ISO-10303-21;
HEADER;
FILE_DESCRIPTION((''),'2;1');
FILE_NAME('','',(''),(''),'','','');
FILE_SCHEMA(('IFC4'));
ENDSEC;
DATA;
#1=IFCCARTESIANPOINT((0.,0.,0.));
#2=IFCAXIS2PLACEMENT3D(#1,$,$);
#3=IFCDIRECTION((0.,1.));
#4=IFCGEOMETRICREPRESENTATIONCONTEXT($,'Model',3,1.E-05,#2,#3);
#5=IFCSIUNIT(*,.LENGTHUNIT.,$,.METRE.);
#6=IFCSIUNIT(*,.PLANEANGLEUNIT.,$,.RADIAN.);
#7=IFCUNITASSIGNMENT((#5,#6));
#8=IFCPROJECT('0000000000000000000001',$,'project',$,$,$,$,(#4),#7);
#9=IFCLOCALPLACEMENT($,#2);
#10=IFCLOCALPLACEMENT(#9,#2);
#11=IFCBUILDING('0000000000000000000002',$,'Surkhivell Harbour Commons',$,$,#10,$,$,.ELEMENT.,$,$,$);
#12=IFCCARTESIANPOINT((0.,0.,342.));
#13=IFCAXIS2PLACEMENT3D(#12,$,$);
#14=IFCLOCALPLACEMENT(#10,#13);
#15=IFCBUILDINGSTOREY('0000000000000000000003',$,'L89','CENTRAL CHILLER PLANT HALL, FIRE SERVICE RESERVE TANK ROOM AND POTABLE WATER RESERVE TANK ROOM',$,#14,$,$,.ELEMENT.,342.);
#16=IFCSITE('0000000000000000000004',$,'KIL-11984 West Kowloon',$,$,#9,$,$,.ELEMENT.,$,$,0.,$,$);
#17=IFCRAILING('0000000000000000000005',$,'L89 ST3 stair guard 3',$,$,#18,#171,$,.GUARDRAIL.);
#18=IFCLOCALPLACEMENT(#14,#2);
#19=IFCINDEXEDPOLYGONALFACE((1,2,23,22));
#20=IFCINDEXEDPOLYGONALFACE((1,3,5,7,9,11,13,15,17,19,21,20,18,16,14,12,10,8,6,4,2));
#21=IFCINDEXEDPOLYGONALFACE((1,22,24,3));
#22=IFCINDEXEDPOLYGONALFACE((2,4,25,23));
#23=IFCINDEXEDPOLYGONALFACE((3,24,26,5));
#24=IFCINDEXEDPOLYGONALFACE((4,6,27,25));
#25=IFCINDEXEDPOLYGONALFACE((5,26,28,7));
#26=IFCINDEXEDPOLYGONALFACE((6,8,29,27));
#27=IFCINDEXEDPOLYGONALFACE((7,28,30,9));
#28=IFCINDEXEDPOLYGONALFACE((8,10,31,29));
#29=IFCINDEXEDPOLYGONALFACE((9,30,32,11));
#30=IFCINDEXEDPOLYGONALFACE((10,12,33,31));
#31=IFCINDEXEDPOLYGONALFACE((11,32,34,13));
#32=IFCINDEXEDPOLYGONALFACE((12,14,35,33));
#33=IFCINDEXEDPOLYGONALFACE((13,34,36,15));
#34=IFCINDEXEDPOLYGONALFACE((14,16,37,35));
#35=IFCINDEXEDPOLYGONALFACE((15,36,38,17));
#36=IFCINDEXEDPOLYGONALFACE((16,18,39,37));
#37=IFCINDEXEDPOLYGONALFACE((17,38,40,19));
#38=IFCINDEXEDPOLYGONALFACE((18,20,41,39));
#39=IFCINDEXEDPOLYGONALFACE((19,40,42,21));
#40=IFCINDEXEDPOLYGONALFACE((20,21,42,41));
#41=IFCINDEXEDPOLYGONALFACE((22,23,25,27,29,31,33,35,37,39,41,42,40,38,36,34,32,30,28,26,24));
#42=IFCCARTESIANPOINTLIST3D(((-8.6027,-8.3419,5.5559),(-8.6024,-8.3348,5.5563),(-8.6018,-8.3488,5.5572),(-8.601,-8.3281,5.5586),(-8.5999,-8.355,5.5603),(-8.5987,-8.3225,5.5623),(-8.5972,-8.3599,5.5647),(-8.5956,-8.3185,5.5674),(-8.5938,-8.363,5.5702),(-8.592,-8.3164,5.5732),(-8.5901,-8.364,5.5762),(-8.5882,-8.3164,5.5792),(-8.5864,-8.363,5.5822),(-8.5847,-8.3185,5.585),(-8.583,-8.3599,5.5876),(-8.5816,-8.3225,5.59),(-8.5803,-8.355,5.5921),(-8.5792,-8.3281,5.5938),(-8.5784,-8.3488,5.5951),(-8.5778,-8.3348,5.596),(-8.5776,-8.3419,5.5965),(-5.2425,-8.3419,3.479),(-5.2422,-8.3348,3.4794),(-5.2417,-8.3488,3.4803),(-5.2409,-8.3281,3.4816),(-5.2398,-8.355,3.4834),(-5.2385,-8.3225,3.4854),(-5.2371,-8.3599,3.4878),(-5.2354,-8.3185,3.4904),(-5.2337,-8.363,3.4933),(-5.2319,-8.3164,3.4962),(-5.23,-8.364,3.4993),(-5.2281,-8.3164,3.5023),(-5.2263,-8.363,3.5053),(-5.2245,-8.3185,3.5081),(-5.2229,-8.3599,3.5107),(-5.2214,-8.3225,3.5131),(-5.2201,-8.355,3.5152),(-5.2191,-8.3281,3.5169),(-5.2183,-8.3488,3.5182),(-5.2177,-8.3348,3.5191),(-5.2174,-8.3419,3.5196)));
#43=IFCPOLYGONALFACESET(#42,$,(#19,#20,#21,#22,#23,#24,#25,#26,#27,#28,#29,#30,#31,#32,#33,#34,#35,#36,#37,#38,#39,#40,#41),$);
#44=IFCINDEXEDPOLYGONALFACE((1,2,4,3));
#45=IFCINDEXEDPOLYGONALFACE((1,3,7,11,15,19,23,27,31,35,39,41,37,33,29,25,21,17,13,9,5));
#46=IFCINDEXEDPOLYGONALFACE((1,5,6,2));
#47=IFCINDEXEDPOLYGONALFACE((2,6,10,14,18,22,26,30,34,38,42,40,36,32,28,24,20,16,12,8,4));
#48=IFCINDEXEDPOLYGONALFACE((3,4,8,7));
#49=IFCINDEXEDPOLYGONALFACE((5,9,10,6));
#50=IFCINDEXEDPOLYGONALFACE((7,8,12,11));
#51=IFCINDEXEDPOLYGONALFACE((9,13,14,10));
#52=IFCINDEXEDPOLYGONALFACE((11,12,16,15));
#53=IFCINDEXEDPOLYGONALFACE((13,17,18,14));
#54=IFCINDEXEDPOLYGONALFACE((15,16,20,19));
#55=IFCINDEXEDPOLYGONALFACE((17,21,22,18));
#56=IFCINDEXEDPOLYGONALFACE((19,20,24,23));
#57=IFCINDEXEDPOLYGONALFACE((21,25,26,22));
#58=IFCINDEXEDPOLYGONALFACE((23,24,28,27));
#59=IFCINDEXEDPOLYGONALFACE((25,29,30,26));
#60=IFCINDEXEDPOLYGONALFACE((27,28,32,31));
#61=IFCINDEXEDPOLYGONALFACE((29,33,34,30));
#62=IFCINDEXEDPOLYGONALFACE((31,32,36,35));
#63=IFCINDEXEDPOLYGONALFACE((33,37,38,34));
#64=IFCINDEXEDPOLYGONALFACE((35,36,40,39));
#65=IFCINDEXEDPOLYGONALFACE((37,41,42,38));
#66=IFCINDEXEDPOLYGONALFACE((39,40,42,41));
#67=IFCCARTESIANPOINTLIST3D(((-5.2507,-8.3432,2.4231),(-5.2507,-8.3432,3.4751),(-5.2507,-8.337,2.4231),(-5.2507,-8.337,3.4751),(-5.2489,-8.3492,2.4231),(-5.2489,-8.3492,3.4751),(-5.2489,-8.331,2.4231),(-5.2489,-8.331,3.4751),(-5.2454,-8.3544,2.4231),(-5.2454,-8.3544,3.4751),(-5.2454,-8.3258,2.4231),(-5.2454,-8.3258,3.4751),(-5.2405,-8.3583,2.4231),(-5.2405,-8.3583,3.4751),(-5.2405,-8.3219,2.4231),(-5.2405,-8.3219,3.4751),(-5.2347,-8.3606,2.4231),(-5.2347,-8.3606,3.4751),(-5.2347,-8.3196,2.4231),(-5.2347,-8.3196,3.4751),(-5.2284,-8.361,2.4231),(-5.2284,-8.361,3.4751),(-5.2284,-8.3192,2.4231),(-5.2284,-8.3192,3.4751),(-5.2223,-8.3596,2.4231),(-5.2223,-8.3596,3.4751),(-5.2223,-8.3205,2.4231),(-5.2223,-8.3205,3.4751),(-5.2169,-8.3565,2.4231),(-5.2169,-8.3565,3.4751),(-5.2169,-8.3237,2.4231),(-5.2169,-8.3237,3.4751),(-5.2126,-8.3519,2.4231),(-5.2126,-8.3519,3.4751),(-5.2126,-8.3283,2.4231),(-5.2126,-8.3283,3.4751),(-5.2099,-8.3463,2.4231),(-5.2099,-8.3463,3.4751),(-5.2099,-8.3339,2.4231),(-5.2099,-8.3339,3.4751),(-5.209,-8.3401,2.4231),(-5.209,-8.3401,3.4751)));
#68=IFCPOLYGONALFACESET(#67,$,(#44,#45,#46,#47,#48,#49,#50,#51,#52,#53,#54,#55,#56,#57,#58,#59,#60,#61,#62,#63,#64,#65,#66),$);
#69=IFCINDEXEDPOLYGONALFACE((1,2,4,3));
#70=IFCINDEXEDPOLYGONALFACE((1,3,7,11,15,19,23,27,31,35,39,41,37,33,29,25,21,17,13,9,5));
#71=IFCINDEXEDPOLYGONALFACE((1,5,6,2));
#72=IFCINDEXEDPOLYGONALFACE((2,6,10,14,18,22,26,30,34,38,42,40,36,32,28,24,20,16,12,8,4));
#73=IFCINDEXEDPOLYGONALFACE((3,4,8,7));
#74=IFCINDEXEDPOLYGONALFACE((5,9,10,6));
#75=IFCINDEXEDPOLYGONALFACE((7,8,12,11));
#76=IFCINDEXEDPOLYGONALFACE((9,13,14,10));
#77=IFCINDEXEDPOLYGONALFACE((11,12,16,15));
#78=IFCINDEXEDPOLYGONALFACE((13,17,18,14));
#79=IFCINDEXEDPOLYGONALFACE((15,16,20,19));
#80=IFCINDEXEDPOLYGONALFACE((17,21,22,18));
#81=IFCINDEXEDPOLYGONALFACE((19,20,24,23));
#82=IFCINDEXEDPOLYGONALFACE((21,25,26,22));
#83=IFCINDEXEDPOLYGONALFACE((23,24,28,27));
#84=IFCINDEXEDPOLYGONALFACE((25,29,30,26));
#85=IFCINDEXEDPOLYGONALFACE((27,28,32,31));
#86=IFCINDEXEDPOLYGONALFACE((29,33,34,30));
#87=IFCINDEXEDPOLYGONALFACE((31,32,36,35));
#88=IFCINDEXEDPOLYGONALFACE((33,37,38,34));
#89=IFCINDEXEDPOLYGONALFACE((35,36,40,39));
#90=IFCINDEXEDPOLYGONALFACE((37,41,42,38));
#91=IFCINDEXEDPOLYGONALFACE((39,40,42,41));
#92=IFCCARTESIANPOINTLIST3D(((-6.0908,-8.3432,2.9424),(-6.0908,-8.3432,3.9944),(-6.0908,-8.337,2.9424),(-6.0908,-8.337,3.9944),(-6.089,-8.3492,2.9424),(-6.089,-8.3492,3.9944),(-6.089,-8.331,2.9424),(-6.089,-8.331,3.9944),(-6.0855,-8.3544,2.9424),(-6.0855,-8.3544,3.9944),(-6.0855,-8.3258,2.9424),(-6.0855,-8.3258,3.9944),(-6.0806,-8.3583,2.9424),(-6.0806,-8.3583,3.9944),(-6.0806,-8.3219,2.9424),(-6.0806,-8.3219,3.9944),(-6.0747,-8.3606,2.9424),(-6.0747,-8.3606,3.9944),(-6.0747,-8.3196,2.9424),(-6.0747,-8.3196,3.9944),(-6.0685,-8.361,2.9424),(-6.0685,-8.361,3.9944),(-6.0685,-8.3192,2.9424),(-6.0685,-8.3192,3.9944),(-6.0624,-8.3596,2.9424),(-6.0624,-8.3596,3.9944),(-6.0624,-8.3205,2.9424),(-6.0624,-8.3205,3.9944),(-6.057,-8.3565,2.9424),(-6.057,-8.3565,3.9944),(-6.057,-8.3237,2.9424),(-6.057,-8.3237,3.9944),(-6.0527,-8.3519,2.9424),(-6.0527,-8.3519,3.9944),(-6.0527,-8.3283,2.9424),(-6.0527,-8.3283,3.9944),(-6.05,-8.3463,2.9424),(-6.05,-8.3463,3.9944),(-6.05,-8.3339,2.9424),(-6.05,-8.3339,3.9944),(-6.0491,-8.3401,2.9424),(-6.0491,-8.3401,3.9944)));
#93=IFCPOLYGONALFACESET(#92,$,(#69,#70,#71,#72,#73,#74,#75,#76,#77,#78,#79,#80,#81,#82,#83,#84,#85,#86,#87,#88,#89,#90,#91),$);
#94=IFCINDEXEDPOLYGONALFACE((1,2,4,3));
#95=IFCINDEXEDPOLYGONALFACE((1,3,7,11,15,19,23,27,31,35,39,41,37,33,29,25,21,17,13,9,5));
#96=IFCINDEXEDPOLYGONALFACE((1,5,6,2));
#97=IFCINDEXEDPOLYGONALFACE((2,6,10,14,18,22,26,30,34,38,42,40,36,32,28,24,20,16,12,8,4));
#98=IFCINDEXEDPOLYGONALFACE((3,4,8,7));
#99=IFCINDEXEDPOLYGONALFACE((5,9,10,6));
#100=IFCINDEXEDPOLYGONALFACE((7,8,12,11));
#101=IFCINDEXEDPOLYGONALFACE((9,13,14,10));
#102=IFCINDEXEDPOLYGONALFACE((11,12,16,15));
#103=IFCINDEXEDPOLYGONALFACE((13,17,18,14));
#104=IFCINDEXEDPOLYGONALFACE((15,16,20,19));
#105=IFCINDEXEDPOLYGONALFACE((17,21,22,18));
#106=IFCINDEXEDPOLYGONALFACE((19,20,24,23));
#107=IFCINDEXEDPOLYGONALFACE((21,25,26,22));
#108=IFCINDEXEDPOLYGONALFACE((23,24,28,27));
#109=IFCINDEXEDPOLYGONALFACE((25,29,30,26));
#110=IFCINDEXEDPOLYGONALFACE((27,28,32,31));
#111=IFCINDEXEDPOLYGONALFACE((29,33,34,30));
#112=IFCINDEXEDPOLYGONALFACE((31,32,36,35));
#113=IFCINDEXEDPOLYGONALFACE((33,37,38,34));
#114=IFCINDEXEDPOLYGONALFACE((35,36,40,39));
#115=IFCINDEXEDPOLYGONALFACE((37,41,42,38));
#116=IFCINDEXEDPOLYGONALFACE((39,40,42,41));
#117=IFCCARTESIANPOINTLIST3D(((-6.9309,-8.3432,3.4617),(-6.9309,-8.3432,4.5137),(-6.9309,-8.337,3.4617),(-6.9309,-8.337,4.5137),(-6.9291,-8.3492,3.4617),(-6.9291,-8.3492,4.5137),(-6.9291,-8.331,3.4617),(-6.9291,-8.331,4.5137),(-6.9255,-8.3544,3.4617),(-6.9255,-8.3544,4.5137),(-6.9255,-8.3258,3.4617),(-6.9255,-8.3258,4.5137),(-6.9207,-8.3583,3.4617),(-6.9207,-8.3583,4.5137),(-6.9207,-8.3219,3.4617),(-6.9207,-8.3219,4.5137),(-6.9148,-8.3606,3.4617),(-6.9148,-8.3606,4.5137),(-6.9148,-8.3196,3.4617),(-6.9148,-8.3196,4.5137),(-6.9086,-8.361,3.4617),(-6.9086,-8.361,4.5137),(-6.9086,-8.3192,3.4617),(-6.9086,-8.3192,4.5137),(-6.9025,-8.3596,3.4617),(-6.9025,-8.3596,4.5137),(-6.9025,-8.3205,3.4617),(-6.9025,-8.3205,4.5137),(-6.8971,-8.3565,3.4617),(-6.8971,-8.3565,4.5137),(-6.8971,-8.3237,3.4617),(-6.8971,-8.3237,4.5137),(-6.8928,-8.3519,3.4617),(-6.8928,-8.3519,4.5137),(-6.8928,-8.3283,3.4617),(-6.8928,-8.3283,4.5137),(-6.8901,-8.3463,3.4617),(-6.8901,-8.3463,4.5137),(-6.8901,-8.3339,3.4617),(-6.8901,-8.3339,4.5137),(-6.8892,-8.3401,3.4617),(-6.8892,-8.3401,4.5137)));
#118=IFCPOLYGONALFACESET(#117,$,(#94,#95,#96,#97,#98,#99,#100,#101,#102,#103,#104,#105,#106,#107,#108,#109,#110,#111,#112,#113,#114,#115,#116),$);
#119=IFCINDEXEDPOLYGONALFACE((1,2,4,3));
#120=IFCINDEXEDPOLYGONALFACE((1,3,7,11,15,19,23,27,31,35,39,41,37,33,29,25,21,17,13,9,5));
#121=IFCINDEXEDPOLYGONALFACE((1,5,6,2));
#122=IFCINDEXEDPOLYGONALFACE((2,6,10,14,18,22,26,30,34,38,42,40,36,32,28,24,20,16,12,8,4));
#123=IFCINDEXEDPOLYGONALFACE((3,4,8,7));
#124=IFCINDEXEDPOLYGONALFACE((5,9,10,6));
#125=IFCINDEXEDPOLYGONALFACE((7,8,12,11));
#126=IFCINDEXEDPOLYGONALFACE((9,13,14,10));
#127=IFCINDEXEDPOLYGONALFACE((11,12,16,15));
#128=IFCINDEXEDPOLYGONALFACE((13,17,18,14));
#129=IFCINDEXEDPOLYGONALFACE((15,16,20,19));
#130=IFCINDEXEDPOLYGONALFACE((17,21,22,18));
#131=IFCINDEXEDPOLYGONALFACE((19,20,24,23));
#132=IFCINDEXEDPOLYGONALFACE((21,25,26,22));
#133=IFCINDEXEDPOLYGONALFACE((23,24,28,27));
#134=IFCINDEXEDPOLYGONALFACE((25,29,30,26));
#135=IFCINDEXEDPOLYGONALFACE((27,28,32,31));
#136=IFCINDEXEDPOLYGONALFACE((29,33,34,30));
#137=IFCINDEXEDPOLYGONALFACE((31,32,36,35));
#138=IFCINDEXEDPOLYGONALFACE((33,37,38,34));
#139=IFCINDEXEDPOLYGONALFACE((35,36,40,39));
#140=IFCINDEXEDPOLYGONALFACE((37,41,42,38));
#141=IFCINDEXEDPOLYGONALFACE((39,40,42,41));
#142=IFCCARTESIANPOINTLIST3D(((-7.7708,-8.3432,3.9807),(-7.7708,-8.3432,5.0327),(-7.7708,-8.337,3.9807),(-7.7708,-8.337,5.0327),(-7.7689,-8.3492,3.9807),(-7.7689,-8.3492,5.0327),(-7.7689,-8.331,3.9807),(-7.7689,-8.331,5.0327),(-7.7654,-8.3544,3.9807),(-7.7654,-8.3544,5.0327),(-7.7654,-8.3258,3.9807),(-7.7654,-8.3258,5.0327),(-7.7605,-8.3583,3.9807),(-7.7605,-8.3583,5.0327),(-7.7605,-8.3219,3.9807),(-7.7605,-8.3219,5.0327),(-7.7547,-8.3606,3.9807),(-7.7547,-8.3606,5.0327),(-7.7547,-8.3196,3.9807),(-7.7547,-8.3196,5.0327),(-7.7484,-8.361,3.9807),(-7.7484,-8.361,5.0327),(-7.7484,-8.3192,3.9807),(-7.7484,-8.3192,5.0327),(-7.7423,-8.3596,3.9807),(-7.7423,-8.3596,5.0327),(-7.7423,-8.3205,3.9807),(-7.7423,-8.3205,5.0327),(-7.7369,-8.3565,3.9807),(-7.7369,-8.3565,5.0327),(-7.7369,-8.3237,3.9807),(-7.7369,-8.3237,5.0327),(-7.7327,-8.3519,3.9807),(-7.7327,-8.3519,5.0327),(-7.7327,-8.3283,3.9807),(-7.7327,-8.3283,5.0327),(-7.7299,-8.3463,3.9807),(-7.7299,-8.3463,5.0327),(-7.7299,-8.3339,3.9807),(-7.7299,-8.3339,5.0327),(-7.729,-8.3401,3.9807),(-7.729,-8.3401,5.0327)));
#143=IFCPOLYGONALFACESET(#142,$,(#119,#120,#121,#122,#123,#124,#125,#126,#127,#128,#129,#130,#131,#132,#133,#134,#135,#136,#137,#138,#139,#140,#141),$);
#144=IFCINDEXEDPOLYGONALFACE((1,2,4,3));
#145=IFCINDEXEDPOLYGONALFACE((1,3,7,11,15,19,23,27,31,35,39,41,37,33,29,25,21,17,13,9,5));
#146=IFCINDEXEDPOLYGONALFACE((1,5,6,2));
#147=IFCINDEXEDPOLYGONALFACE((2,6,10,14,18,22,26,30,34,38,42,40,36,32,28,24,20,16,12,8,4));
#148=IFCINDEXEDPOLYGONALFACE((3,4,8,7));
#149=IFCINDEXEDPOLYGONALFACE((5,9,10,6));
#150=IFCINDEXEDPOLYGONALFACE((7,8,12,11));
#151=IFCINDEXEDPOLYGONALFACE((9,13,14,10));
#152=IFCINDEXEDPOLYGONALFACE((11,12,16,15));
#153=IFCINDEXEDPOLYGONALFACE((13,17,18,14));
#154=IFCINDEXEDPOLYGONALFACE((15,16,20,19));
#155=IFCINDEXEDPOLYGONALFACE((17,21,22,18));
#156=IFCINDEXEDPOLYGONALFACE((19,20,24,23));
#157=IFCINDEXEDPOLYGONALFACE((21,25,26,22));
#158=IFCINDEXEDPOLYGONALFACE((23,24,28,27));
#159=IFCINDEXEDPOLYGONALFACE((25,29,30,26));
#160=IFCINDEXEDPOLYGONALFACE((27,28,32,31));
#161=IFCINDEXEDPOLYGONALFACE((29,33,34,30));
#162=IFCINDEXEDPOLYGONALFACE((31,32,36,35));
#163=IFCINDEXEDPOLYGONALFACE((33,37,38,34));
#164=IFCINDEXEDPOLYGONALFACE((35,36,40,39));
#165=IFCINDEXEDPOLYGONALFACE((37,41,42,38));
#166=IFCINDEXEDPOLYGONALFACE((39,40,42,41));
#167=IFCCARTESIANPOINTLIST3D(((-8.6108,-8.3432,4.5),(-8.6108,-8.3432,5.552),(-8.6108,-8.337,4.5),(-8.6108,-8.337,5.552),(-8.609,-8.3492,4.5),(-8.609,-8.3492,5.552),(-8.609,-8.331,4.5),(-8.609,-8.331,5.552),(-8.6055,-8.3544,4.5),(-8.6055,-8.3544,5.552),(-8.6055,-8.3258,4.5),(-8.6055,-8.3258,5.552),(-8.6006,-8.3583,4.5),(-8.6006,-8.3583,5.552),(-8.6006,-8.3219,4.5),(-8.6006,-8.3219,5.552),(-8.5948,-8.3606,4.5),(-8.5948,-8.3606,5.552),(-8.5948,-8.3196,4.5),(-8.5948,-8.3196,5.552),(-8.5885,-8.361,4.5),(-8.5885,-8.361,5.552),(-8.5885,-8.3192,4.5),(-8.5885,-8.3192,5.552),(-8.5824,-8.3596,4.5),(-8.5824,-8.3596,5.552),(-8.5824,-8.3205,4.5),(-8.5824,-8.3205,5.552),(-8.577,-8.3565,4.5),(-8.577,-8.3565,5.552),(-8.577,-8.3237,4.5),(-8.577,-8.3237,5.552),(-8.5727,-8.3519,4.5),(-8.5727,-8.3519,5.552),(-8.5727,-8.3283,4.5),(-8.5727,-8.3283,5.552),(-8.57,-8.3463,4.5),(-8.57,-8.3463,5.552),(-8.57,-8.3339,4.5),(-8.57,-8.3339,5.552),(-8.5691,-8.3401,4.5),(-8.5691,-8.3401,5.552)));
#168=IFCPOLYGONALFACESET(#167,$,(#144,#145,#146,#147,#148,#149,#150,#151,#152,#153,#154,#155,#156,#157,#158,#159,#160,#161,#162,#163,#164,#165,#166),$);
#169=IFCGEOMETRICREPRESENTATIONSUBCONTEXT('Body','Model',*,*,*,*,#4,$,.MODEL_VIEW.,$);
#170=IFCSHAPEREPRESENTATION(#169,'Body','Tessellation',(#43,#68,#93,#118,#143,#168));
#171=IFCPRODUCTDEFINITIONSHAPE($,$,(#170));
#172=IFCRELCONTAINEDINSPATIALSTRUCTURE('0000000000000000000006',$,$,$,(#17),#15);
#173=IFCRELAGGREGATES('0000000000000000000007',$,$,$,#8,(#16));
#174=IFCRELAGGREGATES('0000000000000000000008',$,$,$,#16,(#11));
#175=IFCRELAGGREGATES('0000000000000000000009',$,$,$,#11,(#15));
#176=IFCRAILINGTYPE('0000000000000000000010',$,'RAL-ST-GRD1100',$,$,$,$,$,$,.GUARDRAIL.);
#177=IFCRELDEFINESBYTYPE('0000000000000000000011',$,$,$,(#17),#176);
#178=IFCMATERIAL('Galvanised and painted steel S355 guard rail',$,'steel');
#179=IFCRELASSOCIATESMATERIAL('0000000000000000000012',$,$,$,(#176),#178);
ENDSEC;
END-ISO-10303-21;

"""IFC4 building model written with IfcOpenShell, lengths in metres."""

from ifc_helpers import new_model, si_unit, direction, frame, origin, origin_2d, place, context, subcontext, project, spatial, circle, extrude, material, type_object, element, save


model = new_model("IFC4")

# Units and contexts
model_context = context("Model", 3, precision=1e-05, world=origin(), true_north=direction((0.0, 1.0)))
body_context = subcontext(model_context, "Body", "Model", "MODEL_VIEW")
ifc_project = project(units=[si_unit("LENGTHUNIT", "METRE"), si_unit("PLANEANGLEUNIT", "RADIAN")], contexts=[model_context])

# Site, building, storey
site_placement = place(None, origin())
site = spatial("IfcSite", under=ifc_project, at=site_placement, Name="KIL-11984 West Kowloon", CompositionType="ELEMENT", RefElevation=0.0)
building_placement = place(site_placement, origin())
building = spatial("IfcBuilding", under=site, at=building_placement, Name="Surkhivell Harbour Commons", CompositionType="ELEMENT")
storey_placement = place(building_placement, frame((0.0, 0.0, 342.0)))
storey = spatial("IfcBuildingStorey", under=building, at=storey_placement, Name="L89", Description="CENTRAL CHILLER PLANT HALL, FIRE SERVICE RESERVE TANK ROOM AND POTABLE WATER RESERVE TANK ROOM", CompositionType="ELEMENT", Elevation=342.0)

# Railing
ifc_material_1 = material(Name="Galvanised and painted steel S355 guard rail", Category="steel")
railing_type_1 = type_object("IfcRailingType", Name="RAL-ST-GRD1100", PredefinedType="GUARDRAIL", material=ifc_material_1)
railing_1_placement = place(storey_placement, frame((-5.23, -8.3401, 2.4231)))
element("IfcRailing", 1, at=railing_1_placement, inside=storey, type_object=railing_type_1, Name="L89 ST3 stair guard 3", PredefinedType="GUARDRAIL", context=body_context, shape_type="SweptSolid", body=[
    extrude(circle(Radius=0.0239, at=origin_2d()), frame((0.0, 0.0, 1.0762), z_axis=(-0.850623, 0.0, 0.525776), x_axis=(0.0, -1.0, 0.0)), (0.0, 0.0, 1.0), 3.9502),
    extrude(circle(Radius=0.021, at=origin_2d()), origin(), (0.0, 0.0, 1.0), 1.052),
    extrude(circle(Radius=0.021, at=origin_2d()), frame((-0.8401, 0.0, 0.5193)), (0.0, 0.0, 1.0), 1.052),
    extrude(circle(Radius=0.021, at=origin_2d()), frame((-1.6802, 0.0, 1.0386)), (0.0, 0.0, 1.0), 1.052),
    extrude(circle(Radius=0.021, at=origin_2d()), frame((-2.52, 0.0, 1.5576)), (0.0, 0.0, 1.0), 1.052),
    extrude(circle(Radius=0.021, at=origin_2d()), frame((-3.3601, 0.0, 2.0769)), (0.0, 0.0, 1.0), 1.052),
])

save(model, "model.ifc")
